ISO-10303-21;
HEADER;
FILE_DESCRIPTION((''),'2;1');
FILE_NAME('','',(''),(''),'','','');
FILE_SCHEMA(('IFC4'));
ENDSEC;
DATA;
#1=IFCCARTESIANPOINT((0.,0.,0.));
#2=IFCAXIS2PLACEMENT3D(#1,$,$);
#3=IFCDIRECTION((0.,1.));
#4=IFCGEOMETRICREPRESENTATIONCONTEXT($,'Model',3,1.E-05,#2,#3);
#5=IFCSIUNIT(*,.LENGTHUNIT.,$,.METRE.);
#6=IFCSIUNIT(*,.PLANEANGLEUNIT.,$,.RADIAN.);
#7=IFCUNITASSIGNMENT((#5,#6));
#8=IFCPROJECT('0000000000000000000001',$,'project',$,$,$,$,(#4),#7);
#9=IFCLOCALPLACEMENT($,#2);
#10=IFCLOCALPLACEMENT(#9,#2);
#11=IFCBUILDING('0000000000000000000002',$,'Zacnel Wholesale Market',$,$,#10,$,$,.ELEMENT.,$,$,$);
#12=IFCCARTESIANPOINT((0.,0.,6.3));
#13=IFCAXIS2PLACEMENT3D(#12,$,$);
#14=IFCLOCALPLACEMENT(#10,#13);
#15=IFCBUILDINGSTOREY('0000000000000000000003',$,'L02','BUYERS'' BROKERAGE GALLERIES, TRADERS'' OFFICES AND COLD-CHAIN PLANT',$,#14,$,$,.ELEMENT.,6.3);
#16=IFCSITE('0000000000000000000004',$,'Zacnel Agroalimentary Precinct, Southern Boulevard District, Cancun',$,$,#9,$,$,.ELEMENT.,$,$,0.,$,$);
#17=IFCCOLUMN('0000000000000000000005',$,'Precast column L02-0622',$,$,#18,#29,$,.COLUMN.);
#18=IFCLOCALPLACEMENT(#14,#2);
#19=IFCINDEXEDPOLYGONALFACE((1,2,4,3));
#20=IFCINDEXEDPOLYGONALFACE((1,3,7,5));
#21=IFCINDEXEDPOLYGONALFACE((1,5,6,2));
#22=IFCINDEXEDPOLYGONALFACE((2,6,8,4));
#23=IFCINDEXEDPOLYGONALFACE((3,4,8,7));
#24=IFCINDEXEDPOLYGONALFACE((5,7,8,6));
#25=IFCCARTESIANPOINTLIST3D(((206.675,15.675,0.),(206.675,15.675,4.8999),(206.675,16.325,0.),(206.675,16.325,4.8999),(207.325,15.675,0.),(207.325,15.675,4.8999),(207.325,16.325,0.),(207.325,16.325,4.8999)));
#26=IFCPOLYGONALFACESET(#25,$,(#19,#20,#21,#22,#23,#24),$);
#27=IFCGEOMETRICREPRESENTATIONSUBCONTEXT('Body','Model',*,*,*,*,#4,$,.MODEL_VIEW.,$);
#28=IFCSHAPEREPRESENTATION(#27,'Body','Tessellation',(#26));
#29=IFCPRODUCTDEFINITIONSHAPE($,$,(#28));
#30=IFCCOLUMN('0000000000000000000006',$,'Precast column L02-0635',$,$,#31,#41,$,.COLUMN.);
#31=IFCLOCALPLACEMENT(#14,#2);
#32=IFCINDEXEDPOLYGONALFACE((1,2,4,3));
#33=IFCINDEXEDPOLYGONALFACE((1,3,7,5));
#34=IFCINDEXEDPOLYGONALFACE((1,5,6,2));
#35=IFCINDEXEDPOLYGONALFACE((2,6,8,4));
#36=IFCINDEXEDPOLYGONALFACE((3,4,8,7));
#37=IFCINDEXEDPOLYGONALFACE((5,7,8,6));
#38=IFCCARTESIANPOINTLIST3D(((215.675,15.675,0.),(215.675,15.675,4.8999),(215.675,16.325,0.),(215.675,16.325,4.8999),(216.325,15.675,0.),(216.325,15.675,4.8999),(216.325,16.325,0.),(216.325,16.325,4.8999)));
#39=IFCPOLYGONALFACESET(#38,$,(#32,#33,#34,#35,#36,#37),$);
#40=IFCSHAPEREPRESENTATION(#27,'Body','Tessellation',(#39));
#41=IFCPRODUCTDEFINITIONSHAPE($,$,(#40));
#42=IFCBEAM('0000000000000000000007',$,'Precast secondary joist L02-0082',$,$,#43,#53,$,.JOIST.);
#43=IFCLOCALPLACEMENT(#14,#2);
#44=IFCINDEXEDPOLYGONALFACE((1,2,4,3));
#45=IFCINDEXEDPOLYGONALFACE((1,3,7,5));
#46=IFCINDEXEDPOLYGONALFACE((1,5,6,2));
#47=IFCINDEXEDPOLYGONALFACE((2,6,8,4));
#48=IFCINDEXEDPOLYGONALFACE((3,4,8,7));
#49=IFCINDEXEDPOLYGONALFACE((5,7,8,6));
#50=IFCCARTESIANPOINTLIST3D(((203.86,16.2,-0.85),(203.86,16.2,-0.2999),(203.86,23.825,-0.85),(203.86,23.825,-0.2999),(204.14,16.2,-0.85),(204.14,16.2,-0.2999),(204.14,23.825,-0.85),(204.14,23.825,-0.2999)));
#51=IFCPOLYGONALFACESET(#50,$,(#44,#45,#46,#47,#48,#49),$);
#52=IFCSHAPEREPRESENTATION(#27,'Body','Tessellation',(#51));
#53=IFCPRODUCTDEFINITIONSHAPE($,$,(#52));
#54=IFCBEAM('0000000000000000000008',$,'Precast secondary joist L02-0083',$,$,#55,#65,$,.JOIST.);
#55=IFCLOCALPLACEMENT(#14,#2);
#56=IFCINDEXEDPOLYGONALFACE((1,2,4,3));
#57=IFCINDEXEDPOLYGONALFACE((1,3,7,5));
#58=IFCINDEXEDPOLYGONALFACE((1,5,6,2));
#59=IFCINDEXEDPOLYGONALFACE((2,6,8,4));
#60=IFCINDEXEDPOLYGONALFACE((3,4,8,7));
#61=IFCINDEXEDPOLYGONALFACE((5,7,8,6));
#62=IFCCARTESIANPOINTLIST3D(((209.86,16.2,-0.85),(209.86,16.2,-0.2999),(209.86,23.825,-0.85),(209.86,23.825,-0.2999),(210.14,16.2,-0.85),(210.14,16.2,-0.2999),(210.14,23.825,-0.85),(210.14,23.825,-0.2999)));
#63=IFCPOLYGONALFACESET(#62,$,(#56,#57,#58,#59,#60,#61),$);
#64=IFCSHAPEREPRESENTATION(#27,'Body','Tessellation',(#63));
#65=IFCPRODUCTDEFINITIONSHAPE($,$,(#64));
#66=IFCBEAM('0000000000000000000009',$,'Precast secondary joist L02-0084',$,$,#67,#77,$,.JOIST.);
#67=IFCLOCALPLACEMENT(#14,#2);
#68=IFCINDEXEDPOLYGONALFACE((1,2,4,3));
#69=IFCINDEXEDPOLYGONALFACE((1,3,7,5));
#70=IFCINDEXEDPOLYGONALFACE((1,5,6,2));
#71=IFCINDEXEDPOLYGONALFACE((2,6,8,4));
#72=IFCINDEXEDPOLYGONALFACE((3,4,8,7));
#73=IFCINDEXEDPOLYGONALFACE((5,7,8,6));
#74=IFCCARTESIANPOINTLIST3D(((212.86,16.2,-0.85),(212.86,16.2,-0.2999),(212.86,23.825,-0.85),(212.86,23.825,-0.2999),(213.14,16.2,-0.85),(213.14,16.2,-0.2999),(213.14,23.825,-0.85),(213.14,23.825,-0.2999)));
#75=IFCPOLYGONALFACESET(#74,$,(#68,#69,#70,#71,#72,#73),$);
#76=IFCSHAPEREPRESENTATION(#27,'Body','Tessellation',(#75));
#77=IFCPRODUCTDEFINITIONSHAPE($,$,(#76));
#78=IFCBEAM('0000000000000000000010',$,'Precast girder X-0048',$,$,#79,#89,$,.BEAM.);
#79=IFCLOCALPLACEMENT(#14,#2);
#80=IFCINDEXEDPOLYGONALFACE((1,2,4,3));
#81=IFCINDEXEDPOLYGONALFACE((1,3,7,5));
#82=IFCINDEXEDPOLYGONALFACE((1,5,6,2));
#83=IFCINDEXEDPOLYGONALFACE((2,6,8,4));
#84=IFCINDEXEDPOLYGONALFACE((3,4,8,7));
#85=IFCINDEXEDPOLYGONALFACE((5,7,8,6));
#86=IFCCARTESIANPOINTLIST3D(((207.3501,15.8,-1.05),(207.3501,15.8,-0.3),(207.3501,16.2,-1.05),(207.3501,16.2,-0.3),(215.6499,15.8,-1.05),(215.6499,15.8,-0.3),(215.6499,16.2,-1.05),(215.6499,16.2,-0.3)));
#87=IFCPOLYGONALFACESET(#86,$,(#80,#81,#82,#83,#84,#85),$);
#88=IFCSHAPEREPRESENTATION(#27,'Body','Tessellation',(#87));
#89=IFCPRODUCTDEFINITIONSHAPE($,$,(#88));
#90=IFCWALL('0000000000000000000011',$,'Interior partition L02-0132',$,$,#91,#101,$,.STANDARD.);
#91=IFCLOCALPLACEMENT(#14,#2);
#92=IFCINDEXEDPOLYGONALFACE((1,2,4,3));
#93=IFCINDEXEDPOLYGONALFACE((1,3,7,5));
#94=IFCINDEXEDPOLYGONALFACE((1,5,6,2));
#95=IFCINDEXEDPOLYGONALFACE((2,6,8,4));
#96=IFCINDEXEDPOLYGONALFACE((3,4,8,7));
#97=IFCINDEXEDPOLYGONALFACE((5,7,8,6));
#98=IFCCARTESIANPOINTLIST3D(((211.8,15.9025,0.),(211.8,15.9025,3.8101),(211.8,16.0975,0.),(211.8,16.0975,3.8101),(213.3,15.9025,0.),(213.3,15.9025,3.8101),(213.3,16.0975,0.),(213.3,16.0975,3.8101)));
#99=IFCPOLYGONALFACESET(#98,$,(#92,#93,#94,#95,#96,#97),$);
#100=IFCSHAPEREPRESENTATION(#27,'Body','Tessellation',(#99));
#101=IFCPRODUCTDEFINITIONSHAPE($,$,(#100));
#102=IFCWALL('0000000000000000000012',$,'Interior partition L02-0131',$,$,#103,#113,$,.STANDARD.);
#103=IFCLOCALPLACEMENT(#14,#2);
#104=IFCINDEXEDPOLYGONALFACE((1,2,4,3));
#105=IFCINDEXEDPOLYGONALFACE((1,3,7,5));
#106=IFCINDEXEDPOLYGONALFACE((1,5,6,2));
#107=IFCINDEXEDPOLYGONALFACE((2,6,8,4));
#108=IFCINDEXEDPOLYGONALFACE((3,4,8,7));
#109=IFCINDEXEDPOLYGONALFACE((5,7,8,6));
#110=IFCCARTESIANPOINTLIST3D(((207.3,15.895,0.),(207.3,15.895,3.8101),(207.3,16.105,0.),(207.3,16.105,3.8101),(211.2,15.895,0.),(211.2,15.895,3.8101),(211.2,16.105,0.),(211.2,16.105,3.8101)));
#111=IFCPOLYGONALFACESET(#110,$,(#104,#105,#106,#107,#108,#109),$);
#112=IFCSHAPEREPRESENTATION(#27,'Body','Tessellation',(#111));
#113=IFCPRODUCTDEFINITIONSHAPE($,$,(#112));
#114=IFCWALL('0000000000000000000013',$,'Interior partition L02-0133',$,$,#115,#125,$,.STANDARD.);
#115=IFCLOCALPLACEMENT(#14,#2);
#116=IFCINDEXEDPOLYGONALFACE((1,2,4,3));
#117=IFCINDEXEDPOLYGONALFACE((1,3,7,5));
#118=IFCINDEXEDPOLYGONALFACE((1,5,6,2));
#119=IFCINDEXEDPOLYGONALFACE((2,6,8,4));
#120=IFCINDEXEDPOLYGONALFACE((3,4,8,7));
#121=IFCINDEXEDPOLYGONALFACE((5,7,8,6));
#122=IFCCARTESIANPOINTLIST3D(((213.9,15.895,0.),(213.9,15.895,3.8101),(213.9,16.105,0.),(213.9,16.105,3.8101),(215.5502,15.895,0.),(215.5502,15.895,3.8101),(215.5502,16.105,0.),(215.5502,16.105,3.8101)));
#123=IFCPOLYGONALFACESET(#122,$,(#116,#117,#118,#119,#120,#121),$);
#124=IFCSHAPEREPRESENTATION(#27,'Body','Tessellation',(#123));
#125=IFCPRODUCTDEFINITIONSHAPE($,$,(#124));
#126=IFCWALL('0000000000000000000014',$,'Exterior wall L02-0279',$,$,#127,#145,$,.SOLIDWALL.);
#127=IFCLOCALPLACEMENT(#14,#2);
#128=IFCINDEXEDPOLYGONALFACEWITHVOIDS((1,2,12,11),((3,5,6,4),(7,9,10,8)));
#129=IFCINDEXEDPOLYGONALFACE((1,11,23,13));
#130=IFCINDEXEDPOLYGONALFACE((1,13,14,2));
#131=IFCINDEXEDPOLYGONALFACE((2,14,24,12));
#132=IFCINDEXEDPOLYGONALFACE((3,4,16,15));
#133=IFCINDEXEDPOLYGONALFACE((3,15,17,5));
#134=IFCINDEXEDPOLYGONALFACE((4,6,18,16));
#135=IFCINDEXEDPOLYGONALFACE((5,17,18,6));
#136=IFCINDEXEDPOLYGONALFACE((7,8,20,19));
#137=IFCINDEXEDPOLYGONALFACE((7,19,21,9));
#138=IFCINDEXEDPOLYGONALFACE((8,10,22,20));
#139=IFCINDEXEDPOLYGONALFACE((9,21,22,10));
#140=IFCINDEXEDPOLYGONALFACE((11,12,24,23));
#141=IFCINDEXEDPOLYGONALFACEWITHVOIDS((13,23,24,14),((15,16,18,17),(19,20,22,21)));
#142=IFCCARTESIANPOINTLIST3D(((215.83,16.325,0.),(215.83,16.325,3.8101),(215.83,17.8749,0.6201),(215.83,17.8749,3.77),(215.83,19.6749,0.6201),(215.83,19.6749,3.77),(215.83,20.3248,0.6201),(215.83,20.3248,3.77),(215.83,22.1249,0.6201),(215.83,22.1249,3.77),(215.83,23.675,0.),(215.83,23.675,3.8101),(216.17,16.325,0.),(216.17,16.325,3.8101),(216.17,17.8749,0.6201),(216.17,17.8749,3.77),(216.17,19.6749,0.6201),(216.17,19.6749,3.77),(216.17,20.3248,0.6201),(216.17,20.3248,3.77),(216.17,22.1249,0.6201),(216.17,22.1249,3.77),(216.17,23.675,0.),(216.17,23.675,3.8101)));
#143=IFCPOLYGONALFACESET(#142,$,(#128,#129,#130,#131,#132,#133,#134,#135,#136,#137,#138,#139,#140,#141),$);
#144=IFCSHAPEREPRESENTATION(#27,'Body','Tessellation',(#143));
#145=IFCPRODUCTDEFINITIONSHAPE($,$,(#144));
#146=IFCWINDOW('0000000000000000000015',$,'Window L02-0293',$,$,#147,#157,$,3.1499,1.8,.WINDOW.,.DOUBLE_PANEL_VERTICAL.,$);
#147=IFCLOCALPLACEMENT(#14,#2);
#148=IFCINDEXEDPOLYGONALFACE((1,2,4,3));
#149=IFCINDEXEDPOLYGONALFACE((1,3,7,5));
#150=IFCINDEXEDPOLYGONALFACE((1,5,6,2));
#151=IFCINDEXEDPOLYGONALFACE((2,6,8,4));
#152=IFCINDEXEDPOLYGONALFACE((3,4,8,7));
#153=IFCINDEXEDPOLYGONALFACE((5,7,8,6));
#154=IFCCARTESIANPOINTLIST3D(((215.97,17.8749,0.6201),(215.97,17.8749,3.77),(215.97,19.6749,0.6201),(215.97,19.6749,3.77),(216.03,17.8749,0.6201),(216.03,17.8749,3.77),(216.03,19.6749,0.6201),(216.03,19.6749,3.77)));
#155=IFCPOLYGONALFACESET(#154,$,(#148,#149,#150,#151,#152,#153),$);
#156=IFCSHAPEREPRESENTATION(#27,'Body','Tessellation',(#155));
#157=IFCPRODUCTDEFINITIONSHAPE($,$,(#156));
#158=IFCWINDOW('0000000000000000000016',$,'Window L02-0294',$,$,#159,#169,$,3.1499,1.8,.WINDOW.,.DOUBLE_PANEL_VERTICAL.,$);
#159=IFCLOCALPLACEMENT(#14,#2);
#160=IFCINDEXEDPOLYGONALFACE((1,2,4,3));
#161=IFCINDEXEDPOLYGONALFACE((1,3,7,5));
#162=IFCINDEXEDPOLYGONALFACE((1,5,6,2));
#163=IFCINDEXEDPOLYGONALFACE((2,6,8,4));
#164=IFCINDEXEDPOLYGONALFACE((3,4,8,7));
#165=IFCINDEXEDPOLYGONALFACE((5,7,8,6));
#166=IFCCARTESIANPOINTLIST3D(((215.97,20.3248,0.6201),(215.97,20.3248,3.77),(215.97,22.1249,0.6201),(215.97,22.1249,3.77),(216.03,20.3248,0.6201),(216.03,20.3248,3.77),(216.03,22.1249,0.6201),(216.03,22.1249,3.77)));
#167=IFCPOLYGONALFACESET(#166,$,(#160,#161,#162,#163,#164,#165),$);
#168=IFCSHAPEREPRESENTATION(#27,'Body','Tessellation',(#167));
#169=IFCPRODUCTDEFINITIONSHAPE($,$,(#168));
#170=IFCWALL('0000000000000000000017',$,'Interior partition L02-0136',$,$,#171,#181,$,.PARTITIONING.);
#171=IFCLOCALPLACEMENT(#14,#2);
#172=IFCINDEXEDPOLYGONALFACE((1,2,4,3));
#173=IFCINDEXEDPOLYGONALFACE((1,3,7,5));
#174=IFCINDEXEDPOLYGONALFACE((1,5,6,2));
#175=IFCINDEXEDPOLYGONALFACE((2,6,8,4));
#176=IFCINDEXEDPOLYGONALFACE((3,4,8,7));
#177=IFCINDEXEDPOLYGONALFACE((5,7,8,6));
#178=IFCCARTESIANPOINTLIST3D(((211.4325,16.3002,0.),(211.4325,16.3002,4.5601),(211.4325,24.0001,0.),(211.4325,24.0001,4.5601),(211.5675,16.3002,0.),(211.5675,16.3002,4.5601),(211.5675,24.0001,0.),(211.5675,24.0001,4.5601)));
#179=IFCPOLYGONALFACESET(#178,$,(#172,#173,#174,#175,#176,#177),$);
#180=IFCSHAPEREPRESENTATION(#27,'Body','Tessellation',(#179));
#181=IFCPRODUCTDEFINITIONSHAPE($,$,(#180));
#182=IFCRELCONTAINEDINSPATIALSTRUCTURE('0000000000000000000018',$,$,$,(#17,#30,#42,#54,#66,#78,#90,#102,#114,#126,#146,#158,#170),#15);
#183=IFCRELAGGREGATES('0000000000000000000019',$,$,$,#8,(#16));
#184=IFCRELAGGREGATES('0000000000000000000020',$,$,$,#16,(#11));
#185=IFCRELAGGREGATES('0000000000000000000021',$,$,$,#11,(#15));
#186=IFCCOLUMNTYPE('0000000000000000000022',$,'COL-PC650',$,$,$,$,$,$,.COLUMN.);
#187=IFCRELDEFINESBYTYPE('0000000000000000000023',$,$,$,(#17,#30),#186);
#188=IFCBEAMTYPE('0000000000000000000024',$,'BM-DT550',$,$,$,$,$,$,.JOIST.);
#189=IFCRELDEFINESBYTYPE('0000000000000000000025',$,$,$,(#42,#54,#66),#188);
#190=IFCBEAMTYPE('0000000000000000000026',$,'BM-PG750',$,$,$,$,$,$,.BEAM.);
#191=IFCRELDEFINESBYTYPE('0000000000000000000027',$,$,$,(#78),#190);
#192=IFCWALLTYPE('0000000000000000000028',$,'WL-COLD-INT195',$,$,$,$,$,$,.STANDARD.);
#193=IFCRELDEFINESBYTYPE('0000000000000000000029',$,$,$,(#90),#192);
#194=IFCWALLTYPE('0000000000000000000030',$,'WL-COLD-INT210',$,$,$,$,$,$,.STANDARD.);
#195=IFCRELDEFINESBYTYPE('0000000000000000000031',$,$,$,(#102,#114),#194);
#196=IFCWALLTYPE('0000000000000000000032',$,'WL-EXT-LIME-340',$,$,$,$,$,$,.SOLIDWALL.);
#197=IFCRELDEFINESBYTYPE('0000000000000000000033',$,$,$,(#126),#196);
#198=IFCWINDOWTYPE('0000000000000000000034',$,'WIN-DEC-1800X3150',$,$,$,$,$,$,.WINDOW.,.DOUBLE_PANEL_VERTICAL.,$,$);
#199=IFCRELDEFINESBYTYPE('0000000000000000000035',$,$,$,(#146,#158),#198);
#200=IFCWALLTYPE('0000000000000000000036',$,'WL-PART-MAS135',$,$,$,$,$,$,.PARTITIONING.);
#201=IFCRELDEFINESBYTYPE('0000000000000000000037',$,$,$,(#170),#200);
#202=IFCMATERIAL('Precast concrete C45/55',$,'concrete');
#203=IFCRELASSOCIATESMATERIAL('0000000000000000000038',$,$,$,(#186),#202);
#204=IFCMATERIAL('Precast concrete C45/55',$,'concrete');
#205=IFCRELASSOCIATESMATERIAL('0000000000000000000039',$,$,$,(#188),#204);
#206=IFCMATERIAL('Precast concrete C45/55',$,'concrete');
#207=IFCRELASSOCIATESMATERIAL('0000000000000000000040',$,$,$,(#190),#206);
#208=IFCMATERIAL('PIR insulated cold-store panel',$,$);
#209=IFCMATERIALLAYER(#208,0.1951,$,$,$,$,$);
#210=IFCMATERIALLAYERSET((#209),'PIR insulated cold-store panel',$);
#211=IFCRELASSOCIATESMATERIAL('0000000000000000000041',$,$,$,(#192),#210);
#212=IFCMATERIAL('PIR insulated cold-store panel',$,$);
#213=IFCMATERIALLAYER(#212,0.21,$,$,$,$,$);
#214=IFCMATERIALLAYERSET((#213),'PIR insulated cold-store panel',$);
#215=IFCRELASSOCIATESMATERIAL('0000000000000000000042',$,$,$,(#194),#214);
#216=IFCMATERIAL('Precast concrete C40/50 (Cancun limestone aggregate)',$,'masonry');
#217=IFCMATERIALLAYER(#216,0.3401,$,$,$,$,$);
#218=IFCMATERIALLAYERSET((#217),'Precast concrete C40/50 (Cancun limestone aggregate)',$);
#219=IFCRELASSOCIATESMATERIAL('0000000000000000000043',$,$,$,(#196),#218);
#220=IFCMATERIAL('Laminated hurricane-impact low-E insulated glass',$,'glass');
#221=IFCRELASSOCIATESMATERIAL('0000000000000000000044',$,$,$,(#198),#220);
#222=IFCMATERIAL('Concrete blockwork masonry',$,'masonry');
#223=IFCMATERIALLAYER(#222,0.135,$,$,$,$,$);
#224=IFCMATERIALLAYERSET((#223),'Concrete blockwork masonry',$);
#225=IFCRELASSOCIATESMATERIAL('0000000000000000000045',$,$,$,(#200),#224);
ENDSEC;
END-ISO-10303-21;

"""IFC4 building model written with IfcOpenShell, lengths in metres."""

from ifc_helpers import new_model, si_unit, direction, frame, frame_2d, origin, origin_2d, place, context, subcontext, project, spatial, rectangle, extrude, material, layer, layer_set, material_profile, profile_set, type_object, element, fill, save


model = new_model("IFC4")

# Units and contexts
model_context = context("Model", 3, precision=1e-05, world=origin(), true_north=direction((0.0, 1.0)))
body_context = subcontext(model_context, "Body", "Model", "MODEL_VIEW")
ifc_project = project(units=[si_unit("LENGTHUNIT", "METRE"), si_unit("PLANEANGLEUNIT", "RADIAN")], contexts=[model_context])

# Site, building, storey
site_placement = place(None, origin())
site = spatial("IfcSite", under=ifc_project, at=site_placement, Name="Zacnel Agroalimentary Precinct, Southern Boulevard District, Cancun", CompositionType="ELEMENT", RefElevation=0.0)
building_placement = place(site_placement, origin())
building = spatial("IfcBuilding", under=site, at=building_placement, Name="Zacnel Wholesale Market", CompositionType="ELEMENT")
storey_placement = place(building_placement, frame((0.0, 0.0, 6.3)))
storey = spatial("IfcBuildingStorey", under=building, at=storey_placement, Name="L02", Description="BUYERS' BROKERAGE GALLERIES, TRADERS' OFFICES AND COLD-CHAIN PLANT", CompositionType="ELEMENT", Elevation=6.3)

# Columns
ifc_material_1 = material(Name="Precast concrete C45/55", Category="concrete")
ifc_material_profile_1 = material_profile(ifc_material_1, rectangle(XDim=0.6499, YDim=0.6499, at=origin_2d()), Name="PC 650x650")
ifc_profile_set_1 = profile_set([ifc_material_profile_1], Name="Precast concrete C45/55")
column_type = type_object("IfcColumnType", Name="COL-PC650", PredefinedType="COLUMN", material=ifc_profile_set_1)
for number, where, z_axis, x_axis, name in (
    (1, (207.0, 16.0, 0.0), (0.0, 0.0, 1.0), (1.0, 0.0, 0.0), "Precast column L02-0622"),
    (2, (216.0, 16.0, 0.0), (0.0, 0.0, 1.0), (1.0, 0.0, 0.0), "Precast column L02-0635"),
):
    element("IfcColumn", number, at=place(storey_placement, frame(where, z_axis=z_axis, x_axis=x_axis)), inside=storey, type_object=column_type, Name=name, PredefinedType="COLUMN", context=body_context, shape_type="SweptSolid", body=[
        extrude(rectangle(XDim=0.6499, YDim=0.6499, at=origin_2d()), origin(), (0.0, 0.0, 1.0), 4.8999),
    ])

# Beams
ifc_material_2 = material(Name="Precast concrete C45/55", Category="concrete")
ifc_material_profile_2 = material_profile(ifc_material_2, rectangle(XDim=0.28, YDim=0.55, at=origin_2d()), Name="DT RIB 280x550")
ifc_profile_set_2 = profile_set([ifc_material_profile_2], Name="Precast concrete C45/55")
beam_type_1 = type_object("IfcBeamType", Name="BM-DT550", PredefinedType="JOIST", material=ifc_profile_set_2)
for number, where, z_axis, x_axis, name in (
    (3, (204.0, 16.2, -0.575), (0.0, 1.0, 0.0), (-1.0, 0.0, 0.0), "Precast secondary joist L02-0082"),
    (4, (210.0, 16.2, -0.575), (0.0, 1.0, 0.0), (-1.0, 0.0, 0.0), "Precast secondary joist L02-0083"),
    (5, (213.0, 16.2, -0.575), (0.0, 1.0, 0.0), (-1.0, 0.0, 0.0), "Precast secondary joist L02-0084"),
):
    element("IfcBeam", number, at=place(storey_placement, frame(where, z_axis=z_axis, x_axis=x_axis)), inside=storey, type_object=beam_type_1, Name=name, PredefinedType="JOIST", context=body_context, shape_type="SweptSolid", body=[
        extrude(rectangle(XDim=0.28, YDim=0.55, at=origin_2d()), origin(), (0.0, 0.0, 1.0), 7.625),
    ])
ifc_material_3 = material(Name="Precast concrete C45/55", Category="concrete")
ifc_material_profile_3 = material_profile(ifc_material_3, rectangle(XDim=0.3999, YDim=0.75, at=origin_2d()), Name="PG 400x750")
ifc_profile_set_3 = profile_set([ifc_material_profile_3], Name="Precast concrete C45/55")
beam_type_2 = type_object("IfcBeamType", Name="BM-PG750", PredefinedType="BEAM", material=ifc_profile_set_3)
beam_placement = place(storey_placement, frame((207.3501, 16.0, -0.675), z_axis=(1.0, 0.0, 0.0), x_axis=(0.0, 1.0, 0.0)))
element("IfcBeam", 6, at=beam_placement, inside=storey, type_object=beam_type_2, Name="Precast girder X-0048", PredefinedType="BEAM", context=body_context, shape_type="SweptSolid", body=[
    extrude(rectangle(XDim=0.3999, YDim=0.75, at=origin_2d()), origin(), (0.0, 0.0, 1.0), 8.2998),
])

# Walls
ifc_material_4 = material(Name="PIR insulated cold-store panel")
ifc_layer_1 = layer(ifc_material_4, 0.1951)
ifc_layer_set_1 = layer_set([ifc_layer_1], Name="PIR insulated cold-store panel")
wall_type_1 = type_object("IfcWallType", Name="WL-COLD-INT195", PredefinedType="STANDARD", material=ifc_layer_set_1)
wall_1_placement = place(storey_placement, frame((211.8, 16.0, 0.0), z_axis=(0.0, 0.0, 1.0), x_axis=(1.0, 0.0, 0.0)))
element("IfcWall", 7, at=wall_1_placement, inside=storey, type_object=wall_type_1, Name="Interior partition L02-0132", PredefinedType="STANDARD", context=body_context, shape_type="SweptSolid", body=[
    extrude(rectangle(XDim=1.5, YDim=0.1951, at=frame_2d((0.75, 0.0))), origin(), (0.0, 0.0, 1.0), 3.8101),
])
ifc_material_5 = material(Name="PIR insulated cold-store panel")
ifc_layer_2 = layer(ifc_material_5, 0.21)
ifc_layer_set_2 = layer_set([ifc_layer_2], Name="PIR insulated cold-store panel")
wall_type_2 = type_object("IfcWallType", Name="WL-COLD-INT210", PredefinedType="STANDARD", material=ifc_layer_set_2)
wall_2_placement = place(storey_placement, frame((207.3, 16.0, 0.0), z_axis=(0.0, 0.0, 1.0), x_axis=(1.0, 0.0, 0.0)))
element("IfcWall", 8, at=wall_2_placement, inside=storey, type_object=wall_type_2, Name="Interior partition L02-0131", PredefinedType="STANDARD", context=body_context, shape_type="SweptSolid", body=[
    extrude(rectangle(XDim=3.8999, YDim=0.21, at=frame_2d((1.95, 0.0))), origin(), (0.0, 0.0, 1.0), 3.8101),
])
wall_3_placement = place(storey_placement, frame((213.8999, 16.0, 0.0), z_axis=(0.0, 0.0, 1.0), x_axis=(1.0, 0.0, 0.0)))
element("IfcWall", 9, at=wall_3_placement, inside=storey, type_object=wall_type_2, Name="Interior partition L02-0133", PredefinedType="STANDARD", context=body_context, shape_type="SweptSolid", body=[
    extrude(rectangle(XDim=1.6501, YDim=0.21, at=frame_2d((0.8252, 0.0))), origin(), (0.0, 0.0, 1.0), 3.8101),
])

# Wall, openings, windows
ifc_material_6 = material(Name="Precast concrete C40/50 (Cancun limestone aggregate)", Category="masonry")
ifc_layer_3 = layer(ifc_material_6, 0.3401)
ifc_layer_set_3 = layer_set([ifc_layer_3], Name="Precast concrete C40/50 (Cancun limestone aggregate)")
wall_type_3 = type_object("IfcWallType", Name="WL-EXT-LIME-340", PredefinedType="SOLIDWALL", material=ifc_layer_set_3)
wall_4_placement = place(storey_placement, frame((216.0, 16.325, 0.0), z_axis=(0.0, 0.0, 1.0), x_axis=(0.0, 1.0, 0.0)))
wall_4 = element("IfcWall", 10, at=wall_4_placement, inside=storey, type_object=wall_type_3, Name="Exterior wall L02-0279", PredefinedType="SOLIDWALL", context=body_context, shape_type="SweptSolid", body=[
    extrude(rectangle(XDim=7.3501, YDim=0.3401, at=frame_2d((3.675, 0.0))), origin(), (0.0, 0.0, 1.0), 3.8101),
])
opening_1_placement = place(wall_4_placement, frame((1.55, 0.0, 0.6201)))
opening_1 = element("IfcOpeningElement", 11, at=opening_1_placement, cuts=wall_4, PredefinedType="OPENING", context=body_context, shape_type="SweptSolid", body=[
    extrude(rectangle(XDim=1.8, YDim=3.1499, at=frame_2d((0.8999, 1.575))), frame((0.0, 0.1799, 0.0), z_axis=(0.0, -1.0, 0.0), x_axis=(1.0, 0.0, 0.0)), (0.0, 0.0, 1.0), 0.3601),
])
opening_2_placement = place(wall_4_placement, frame((4.0, 0.0, 0.6201)))
opening_2 = element("IfcOpeningElement", 12, at=opening_2_placement, cuts=wall_4, PredefinedType="OPENING", context=body_context, shape_type="SweptSolid", body=[
    extrude(rectangle(XDim=1.8, YDim=3.1499, at=frame_2d((0.8999, 1.575))), frame((0.0, 0.1799, 0.0), z_axis=(0.0, -1.0, 0.0), x_axis=(1.0, 0.0, 0.0)), (0.0, 0.0, 1.0), 0.3601),
])
ifc_material_7 = material(Name="Laminated hurricane-impact low-E insulated glass", Category="glass")
window_type = type_object("IfcWindowType", Name="WIN-DEC-1800X3150", PartitioningType="DOUBLE_PANEL_VERTICAL", PredefinedType="WINDOW", material=ifc_material_7)
window_1_placement = place(opening_1_placement, origin())
window_1 = element("IfcWindow", 13, at=window_1_placement, inside=storey, type_object=window_type, Name="Window L02-0293", OverallHeight=3.1499, OverallWidth=1.8, PartitioningType="DOUBLE_PANEL_VERTICAL", PredefinedType="WINDOW", context=body_context, shape_type="SweptSolid", body=[
    extrude(rectangle(XDim=1.8, YDim=3.1499, at=frame_2d((0.8999, 1.575))), frame((0.0, 0.03, 0.0), z_axis=(0.0, -1.0, 0.0), x_axis=(1.0, 0.0, 0.0)), (0.0, 0.0, 1.0), 0.0601),
])
fill(opening_1, window_1)
window_2_placement = place(opening_2_placement, origin())
window_2 = element("IfcWindow", 14, at=window_2_placement, inside=storey, type_object=window_type, Name="Window L02-0294", OverallHeight=3.1499, OverallWidth=1.8, PartitioningType="DOUBLE_PANEL_VERTICAL", PredefinedType="WINDOW", context=body_context, shape_type="SweptSolid", body=[
    extrude(rectangle(XDim=1.8, YDim=3.1499, at=frame_2d((0.8999, 1.575))), frame((0.0, 0.03, 0.0), z_axis=(0.0, -1.0, 0.0), x_axis=(1.0, 0.0, 0.0)), (0.0, 0.0, 1.0), 0.0601),
])
fill(opening_2, window_2)

# Wall
ifc_material_8 = material(Name="Concrete blockwork masonry", Category="masonry")
ifc_layer_4 = layer(ifc_material_8, 0.135)
ifc_layer_set_4 = layer_set([ifc_layer_4], Name="Concrete blockwork masonry")
wall_type_4 = type_object("IfcWallType", Name="WL-PART-MAS135", PredefinedType="PARTITIONING", material=ifc_layer_set_4)
wall_5_placement = place(storey_placement, frame((211.5, 16.3, 0.0), z_axis=(0.0, 0.0, 1.0), x_axis=(0.0, 1.0, 0.0)))
element("IfcWall", 15, at=wall_5_placement, inside=storey, type_object=wall_type_4, Name="Interior partition L02-0136", PredefinedType="PARTITIONING", context=body_context, shape_type="SweptSolid", body=[
    extrude(rectangle(XDim=7.7, YDim=0.135, at=frame_2d((3.8501, 0.0))), origin(), (0.0, 0.0, 1.0), 4.5601),
])

save(model, "model.ifc")
